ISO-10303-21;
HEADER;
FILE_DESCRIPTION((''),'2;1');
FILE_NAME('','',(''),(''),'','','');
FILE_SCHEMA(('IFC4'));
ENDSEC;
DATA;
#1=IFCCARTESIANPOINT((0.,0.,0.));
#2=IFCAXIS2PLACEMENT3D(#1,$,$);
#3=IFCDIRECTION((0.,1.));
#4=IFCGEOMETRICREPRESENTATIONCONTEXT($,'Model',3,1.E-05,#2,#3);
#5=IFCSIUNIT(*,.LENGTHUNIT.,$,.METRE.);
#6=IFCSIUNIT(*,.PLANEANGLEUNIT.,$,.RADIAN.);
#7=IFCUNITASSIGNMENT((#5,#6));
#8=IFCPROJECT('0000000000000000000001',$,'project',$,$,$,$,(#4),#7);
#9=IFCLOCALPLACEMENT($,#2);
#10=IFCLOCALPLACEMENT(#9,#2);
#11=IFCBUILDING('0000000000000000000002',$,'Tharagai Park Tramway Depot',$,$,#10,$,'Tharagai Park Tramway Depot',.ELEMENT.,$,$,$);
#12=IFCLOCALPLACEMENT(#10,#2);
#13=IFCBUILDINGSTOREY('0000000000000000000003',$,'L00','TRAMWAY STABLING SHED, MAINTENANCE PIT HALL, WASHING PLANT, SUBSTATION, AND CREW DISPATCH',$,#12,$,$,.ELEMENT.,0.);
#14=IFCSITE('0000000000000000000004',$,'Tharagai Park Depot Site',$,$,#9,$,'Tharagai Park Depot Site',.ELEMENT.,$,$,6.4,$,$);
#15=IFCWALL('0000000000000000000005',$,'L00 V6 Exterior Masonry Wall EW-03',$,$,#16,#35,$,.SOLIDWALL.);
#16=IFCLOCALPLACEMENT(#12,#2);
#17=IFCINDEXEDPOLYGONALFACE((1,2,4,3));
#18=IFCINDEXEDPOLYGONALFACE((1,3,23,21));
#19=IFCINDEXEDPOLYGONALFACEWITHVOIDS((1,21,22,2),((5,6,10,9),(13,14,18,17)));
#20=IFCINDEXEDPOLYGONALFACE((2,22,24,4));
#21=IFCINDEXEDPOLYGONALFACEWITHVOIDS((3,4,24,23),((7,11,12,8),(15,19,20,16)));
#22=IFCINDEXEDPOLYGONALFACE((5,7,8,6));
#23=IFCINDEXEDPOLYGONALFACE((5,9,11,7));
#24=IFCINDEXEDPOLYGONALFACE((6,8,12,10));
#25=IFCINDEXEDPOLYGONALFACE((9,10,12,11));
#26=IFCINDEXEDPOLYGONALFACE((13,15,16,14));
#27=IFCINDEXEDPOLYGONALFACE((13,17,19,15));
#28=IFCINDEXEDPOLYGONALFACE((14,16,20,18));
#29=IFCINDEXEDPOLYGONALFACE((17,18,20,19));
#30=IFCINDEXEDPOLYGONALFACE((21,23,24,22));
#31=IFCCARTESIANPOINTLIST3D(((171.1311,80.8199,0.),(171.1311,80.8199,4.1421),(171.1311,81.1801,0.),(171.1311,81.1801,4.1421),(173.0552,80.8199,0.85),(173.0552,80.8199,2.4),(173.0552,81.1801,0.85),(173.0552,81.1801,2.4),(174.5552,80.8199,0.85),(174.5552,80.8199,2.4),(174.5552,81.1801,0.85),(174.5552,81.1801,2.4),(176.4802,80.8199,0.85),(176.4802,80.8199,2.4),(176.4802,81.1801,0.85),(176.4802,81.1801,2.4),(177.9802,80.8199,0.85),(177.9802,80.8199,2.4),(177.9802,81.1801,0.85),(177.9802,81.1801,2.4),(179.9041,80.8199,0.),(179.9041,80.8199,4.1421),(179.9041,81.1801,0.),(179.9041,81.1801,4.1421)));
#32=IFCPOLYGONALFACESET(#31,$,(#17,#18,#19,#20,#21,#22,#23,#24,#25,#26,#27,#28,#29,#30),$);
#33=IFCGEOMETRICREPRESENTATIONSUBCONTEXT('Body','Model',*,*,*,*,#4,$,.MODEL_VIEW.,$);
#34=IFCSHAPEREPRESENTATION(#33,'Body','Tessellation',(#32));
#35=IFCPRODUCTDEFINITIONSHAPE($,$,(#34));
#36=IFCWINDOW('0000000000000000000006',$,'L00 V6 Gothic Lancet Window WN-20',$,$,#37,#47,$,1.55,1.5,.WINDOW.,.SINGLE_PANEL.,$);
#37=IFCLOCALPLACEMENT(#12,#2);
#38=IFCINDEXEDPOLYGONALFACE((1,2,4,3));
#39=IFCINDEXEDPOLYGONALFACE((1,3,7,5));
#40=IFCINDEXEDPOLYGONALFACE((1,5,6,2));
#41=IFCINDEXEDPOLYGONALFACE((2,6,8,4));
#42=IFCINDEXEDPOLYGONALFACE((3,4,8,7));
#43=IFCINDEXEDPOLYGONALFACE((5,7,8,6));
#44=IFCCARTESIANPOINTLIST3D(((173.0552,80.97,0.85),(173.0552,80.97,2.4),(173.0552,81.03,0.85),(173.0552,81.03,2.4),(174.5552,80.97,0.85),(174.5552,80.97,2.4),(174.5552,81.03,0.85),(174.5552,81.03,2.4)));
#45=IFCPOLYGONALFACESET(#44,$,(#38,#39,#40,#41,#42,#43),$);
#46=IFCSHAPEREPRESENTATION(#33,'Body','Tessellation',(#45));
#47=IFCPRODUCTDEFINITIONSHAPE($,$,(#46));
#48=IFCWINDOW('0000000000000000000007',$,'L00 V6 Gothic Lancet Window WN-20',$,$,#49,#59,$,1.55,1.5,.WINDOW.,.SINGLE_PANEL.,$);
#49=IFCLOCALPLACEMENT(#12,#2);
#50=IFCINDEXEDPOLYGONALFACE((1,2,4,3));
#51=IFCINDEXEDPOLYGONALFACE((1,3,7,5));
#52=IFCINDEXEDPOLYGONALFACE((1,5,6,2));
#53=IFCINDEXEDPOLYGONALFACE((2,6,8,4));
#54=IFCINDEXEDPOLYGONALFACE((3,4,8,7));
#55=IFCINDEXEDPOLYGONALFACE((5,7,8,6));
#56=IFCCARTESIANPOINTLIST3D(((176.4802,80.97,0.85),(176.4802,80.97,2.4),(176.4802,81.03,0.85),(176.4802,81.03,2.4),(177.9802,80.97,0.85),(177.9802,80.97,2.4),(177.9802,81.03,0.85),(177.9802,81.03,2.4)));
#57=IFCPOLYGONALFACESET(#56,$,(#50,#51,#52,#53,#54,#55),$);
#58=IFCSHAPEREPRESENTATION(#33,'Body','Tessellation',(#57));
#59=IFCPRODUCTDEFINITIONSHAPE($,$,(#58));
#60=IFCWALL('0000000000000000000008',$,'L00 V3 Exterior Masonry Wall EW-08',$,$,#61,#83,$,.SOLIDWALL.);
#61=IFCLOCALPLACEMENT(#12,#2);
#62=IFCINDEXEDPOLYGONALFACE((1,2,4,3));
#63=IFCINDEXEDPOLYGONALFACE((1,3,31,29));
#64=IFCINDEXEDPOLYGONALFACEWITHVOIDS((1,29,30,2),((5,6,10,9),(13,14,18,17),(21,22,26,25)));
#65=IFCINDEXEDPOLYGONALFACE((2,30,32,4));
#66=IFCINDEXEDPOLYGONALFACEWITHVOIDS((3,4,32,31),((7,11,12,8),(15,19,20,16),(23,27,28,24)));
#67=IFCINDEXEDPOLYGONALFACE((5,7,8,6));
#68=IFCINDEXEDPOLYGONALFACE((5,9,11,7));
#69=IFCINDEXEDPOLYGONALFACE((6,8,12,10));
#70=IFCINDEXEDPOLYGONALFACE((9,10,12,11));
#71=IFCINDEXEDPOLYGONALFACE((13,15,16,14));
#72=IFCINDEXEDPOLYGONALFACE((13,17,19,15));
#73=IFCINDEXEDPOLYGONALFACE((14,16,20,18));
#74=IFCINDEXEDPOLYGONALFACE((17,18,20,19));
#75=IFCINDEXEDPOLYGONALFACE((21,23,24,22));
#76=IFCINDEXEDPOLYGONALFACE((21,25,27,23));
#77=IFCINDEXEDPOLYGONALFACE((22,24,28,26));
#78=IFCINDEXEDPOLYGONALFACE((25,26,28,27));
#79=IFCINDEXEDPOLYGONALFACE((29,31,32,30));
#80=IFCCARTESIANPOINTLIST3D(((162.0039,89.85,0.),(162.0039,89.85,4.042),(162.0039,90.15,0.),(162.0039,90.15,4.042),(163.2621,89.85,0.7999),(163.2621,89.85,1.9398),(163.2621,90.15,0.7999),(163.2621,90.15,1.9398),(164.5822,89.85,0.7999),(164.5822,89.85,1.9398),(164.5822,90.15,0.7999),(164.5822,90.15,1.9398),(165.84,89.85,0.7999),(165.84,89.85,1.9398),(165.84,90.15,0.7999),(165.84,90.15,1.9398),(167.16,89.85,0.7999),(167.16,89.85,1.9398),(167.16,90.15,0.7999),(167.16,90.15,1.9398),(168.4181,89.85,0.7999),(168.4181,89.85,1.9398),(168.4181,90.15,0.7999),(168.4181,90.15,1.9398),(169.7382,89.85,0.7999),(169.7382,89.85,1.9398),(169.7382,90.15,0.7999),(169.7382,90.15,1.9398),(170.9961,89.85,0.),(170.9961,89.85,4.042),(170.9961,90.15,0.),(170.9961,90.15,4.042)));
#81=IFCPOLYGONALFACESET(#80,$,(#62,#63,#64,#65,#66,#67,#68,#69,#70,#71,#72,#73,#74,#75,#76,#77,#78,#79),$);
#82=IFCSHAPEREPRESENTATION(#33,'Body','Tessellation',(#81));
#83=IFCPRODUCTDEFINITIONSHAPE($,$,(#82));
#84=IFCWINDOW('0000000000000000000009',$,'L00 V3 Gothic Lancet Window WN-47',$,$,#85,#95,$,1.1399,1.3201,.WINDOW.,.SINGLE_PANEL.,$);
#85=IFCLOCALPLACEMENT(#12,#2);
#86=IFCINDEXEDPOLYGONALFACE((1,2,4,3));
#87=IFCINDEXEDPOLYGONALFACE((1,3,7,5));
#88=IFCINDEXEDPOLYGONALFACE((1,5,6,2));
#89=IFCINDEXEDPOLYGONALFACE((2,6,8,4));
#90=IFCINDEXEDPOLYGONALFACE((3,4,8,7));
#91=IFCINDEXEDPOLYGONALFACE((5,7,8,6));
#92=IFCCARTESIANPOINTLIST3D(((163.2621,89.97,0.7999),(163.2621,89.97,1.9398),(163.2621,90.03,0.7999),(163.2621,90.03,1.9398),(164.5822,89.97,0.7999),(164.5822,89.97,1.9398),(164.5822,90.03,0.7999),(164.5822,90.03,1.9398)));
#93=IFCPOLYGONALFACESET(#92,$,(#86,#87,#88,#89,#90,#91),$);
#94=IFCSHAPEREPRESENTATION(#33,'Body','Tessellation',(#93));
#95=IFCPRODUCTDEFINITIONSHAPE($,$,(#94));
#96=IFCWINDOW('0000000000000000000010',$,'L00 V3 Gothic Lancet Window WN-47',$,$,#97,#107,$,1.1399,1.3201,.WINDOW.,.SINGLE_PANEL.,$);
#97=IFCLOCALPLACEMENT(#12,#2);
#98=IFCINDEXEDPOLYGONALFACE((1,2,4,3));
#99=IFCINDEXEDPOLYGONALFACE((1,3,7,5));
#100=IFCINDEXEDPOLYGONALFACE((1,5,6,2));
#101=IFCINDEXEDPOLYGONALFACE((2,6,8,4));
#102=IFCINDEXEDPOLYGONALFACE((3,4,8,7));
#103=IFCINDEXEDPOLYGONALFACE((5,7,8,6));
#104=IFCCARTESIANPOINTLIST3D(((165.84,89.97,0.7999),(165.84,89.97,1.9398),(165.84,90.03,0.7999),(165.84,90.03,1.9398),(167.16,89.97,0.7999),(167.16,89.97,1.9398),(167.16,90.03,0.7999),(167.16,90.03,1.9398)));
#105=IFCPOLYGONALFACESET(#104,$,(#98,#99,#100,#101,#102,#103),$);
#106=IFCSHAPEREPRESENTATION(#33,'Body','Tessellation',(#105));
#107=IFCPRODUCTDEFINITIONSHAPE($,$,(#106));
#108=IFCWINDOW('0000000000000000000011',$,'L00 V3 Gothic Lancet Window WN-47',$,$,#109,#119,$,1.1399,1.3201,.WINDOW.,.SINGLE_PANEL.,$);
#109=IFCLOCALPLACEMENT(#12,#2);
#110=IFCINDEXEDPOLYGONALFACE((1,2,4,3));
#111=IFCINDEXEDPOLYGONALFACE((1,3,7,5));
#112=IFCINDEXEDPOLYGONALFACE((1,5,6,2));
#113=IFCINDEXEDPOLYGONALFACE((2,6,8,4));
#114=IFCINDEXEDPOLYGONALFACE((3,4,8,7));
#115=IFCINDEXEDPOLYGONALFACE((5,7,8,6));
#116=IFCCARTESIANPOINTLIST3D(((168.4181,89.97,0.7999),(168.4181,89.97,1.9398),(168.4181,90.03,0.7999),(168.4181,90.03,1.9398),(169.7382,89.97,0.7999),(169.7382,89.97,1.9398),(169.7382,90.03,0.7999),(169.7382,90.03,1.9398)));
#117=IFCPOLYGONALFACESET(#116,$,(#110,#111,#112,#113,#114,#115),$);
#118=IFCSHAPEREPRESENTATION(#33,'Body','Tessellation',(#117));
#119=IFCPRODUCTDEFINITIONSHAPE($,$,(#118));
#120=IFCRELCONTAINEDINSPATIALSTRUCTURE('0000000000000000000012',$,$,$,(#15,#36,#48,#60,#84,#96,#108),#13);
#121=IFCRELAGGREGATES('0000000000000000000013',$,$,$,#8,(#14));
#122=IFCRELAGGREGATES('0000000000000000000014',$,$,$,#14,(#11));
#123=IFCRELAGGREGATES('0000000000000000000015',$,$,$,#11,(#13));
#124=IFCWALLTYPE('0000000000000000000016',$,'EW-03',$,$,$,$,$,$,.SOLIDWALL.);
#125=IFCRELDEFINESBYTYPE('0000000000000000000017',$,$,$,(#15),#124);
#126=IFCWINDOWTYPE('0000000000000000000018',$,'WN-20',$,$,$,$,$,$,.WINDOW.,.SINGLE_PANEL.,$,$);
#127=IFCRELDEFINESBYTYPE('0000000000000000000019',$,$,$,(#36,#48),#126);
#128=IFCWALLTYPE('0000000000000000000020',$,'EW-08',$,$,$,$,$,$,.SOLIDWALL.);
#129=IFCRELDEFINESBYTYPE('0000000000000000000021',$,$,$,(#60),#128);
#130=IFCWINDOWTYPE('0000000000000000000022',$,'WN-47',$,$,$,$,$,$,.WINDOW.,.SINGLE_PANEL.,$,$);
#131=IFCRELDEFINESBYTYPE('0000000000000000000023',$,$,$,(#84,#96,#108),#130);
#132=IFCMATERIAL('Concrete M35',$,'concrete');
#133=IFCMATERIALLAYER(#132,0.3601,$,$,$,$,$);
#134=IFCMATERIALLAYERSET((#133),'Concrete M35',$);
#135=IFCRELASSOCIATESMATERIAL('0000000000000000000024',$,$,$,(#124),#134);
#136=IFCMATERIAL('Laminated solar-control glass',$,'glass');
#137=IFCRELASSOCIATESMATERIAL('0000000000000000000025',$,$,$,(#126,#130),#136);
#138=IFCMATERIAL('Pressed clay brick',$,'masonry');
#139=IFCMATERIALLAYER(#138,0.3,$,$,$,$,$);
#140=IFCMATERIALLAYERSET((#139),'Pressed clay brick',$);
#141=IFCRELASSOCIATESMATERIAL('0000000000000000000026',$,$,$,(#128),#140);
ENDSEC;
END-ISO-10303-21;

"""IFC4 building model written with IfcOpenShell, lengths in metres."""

from ifc_helpers import new_model, si_unit, direction, frame, frame_2d, origin, place, context, subcontext, project, spatial, rectangle, extrude, material, layer, layer_set, type_object, element, fill, save


model = new_model("IFC4")

# Units and contexts
model_context = context("Model", 3, precision=1e-05, world=origin(), true_north=direction((0.0, 1.0)))
body_context = subcontext(model_context, "Body", "Model", "MODEL_VIEW")
ifc_project = project(units=[si_unit("LENGTHUNIT", "METRE"), si_unit("PLANEANGLEUNIT", "RADIAN")], contexts=[model_context])

# Site, building, storey
site_placement = place(None, origin())
site = spatial("IfcSite", under=ifc_project, at=site_placement, Name="Tharagai Park Depot Site", LongName="Tharagai Park Depot Site", CompositionType="ELEMENT", RefElevation=6.4)
building_placement = place(site_placement, origin())
building = spatial("IfcBuilding", under=site, at=building_placement, Name="Tharagai Park Tramway Depot", LongName="Tharagai Park Tramway Depot", CompositionType="ELEMENT")
storey_placement = place(building_placement, origin())
storey = spatial("IfcBuildingStorey", under=building, at=storey_placement, Name="L00", Description="TRAMWAY STABLING SHED, MAINTENANCE PIT HALL, WASHING PLANT, SUBSTATION, AND CREW DISPATCH", CompositionType="ELEMENT", Elevation=0.0)

# Walls, openings, windows
ifc_material_1 = material(Name="Concrete M35", Category="concrete")
ifc_layer_1 = layer(ifc_material_1, 0.3601)
ifc_layer_set_1 = layer_set([ifc_layer_1], Name="Concrete M35")
wall_type_1 = type_object("IfcWallType", Name="EW-03", PredefinedType="SOLIDWALL", material=ifc_layer_set_1)
wall_1_placement = place(storey_placement, frame((171.1311, 81.0, 0.0), z_axis=(0.0, 0.0, 1.0), x_axis=(1.0, 0.0, 0.0)))
wall_1 = element("IfcWall", 1, at=wall_1_placement, inside=storey, type_object=wall_type_1, Name="L00 V6 Exterior Masonry Wall EW-03", PredefinedType="SOLIDWALL", context=body_context, shape_type="SweptSolid", body=[
    extrude(rectangle(XDim=8.7729, YDim=0.3601, at=frame_2d((4.3865, 0.0))), origin(), (0.0, 0.0, 1.0), 4.1421),
])
opening_1_placement = place(wall_1_placement, frame((1.9241, 0.0, 0.8501)))
opening_1 = element("IfcOpeningElement", 2, at=opening_1_placement, cuts=wall_1, PredefinedType="OPENING", context=body_context, shape_type="SweptSolid", body=[
    extrude(rectangle(XDim=1.5, YDim=1.55, at=frame_2d((0.75, 0.7749))), frame((0.0, 0.1899, 0.0), z_axis=(0.0, -1.0, 0.0), x_axis=(1.0, 0.0, 0.0)), (0.0, 0.0, 1.0), 0.3801),
])
opening_2_placement = place(wall_1_placement, frame((5.3491, 0.0, 0.8501)))
opening_2 = element("IfcOpeningElement", 3, at=opening_2_placement, cuts=wall_1, PredefinedType="OPENING", context=body_context, shape_type="SweptSolid", body=[
    extrude(rectangle(XDim=1.5, YDim=1.55, at=frame_2d((0.75, 0.7749))), frame((0.0, 0.1899, 0.0), z_axis=(0.0, -1.0, 0.0), x_axis=(1.0, 0.0, 0.0)), (0.0, 0.0, 1.0), 0.3801),
])
ifc_material_2 = material(Name="Laminated solar-control glass", Category="glass")
window_type_1 = type_object("IfcWindowType", Name="WN-20", PartitioningType="SINGLE_PANEL", PredefinedType="WINDOW", material=ifc_material_2)
window_1_placement = place(opening_1_placement, origin())
window_1 = element("IfcWindow", 4, at=window_1_placement, inside=storey, type_object=window_type_1, Name="L00 V6 Gothic Lancet Window WN-20", OverallHeight=1.55, OverallWidth=1.5, PartitioningType="SINGLE_PANEL", PredefinedType="WINDOW", context=body_context, shape_type="SweptSolid", body=[
    extrude(rectangle(XDim=1.5, YDim=1.55, at=frame_2d((0.75, 0.7749))), frame((0.0, 0.03, 0.0), z_axis=(0.0, -1.0, 0.0), x_axis=(1.0, 0.0, 0.0)), (0.0, 0.0, 1.0), 0.0601),
])
fill(opening_1, window_1)
window_2_placement = place(opening_2_placement, origin())
window_2 = element("IfcWindow", 5, at=window_2_placement, inside=storey, type_object=window_type_1, Name="L00 V6 Gothic Lancet Window WN-20", OverallHeight=1.55, OverallWidth=1.5, PartitioningType="SINGLE_PANEL", PredefinedType="WINDOW", context=body_context, shape_type="SweptSolid", body=[
    extrude(rectangle(XDim=1.5, YDim=1.55, at=frame_2d((0.75, 0.7749))), frame((0.0, 0.03, 0.0), z_axis=(0.0, -1.0, 0.0), x_axis=(1.0, 0.0, 0.0)), (0.0, 0.0, 1.0), 0.0601),
])
fill(opening_2, window_2)
ifc_material_3 = material(Name="Pressed clay brick", Category="masonry")
ifc_layer_2 = layer(ifc_material_3, 0.3)
ifc_layer_set_2 = layer_set([ifc_layer_2], Name="Pressed clay brick")
wall_type_2 = type_object("IfcWallType", Name="EW-08", PredefinedType="SOLIDWALL", material=ifc_layer_set_2)
wall_2_placement = place(storey_placement, frame((162.0039, 90.0, 0.0), z_axis=(0.0, 0.0, 1.0), x_axis=(1.0, 0.0, 0.0)))
wall_2 = element("IfcWall", 6, at=wall_2_placement, inside=storey, type_object=wall_type_2, Name="L00 V3 Exterior Masonry Wall EW-08", PredefinedType="SOLIDWALL", context=body_context, shape_type="SweptSolid", body=[
    extrude(rectangle(XDim=8.9922, YDim=0.3, at=frame_2d((4.4961, 0.0))), origin(), (0.0, 0.0, 1.0), 4.042),
])
opening_3_placement = place(wall_2_placement, frame((1.2581, 0.0, 0.8)))
opening_3 = element("IfcOpeningElement", 7, at=opening_3_placement, cuts=wall_2, PredefinedType="OPENING", context=body_context, shape_type="SweptSolid", body=[
    extrude(rectangle(XDim=1.3201, YDim=1.1399, at=frame_2d((0.6602, 0.5698))), frame((0.0, 0.1599, 0.0), z_axis=(0.0, -1.0, 0.0), x_axis=(1.0, 0.0, 0.0)), (0.0, 0.0, 1.0), 0.3201),
])
opening_4_placement = place(wall_2_placement, frame((3.8359, 0.0, 0.8)))
opening_4 = element("IfcOpeningElement", 8, at=opening_4_placement, cuts=wall_2, PredefinedType="OPENING", context=body_context, shape_type="SweptSolid", body=[
    extrude(rectangle(XDim=1.3201, YDim=1.1399, at=frame_2d((0.6602, 0.5698))), frame((0.0, 0.1599, 0.0), z_axis=(0.0, -1.0, 0.0), x_axis=(1.0, 0.0, 0.0)), (0.0, 0.0, 1.0), 0.3201),
])
opening_5_placement = place(wall_2_placement, frame((6.4141, 0.0, 0.8)))
opening_5 = element("IfcOpeningElement", 9, at=opening_5_placement, cuts=wall_2, PredefinedType="OPENING", context=body_context, shape_type="SweptSolid", body=[
    extrude(rectangle(XDim=1.3201, YDim=1.1399, at=frame_2d((0.6602, 0.5698))), frame((0.0, 0.1599, 0.0), z_axis=(0.0, -1.0, 0.0), x_axis=(1.0, 0.0, 0.0)), (0.0, 0.0, 1.0), 0.3201),
])
window_type_2 = type_object("IfcWindowType", Name="WN-47", PartitioningType="SINGLE_PANEL", PredefinedType="WINDOW", material=ifc_material_2)
window_3_placement = place(opening_3_placement, origin())
window_3 = element("IfcWindow", 10, at=window_3_placement, inside=storey, type_object=window_type_2, Name="L00 V3 Gothic Lancet Window WN-47", OverallHeight=1.1399, OverallWidth=1.3201, PartitioningType="SINGLE_PANEL", PredefinedType="WINDOW", context=body_context, shape_type="SweptSolid", body=[
    extrude(rectangle(XDim=1.3201, YDim=1.1399, at=frame_2d((0.6602, 0.5698))), frame((0.0, 0.03, 0.0), z_axis=(0.0, -1.0, 0.0), x_axis=(1.0, 0.0, 0.0)), (0.0, 0.0, 1.0), 0.0601),
])
fill(opening_3, window_3)
window_4_placement = place(opening_4_placement, origin())
window_4 = element("IfcWindow", 11, at=window_4_placement, inside=storey, type_object=window_type_2, Name="L00 V3 Gothic Lancet Window WN-47", OverallHeight=1.1399, OverallWidth=1.3201, PartitioningType="SINGLE_PANEL", PredefinedType="WINDOW", context=body_context, shape_type="SweptSolid", body=[
    extrude(rectangle(XDim=1.3201, YDim=1.1399, at=frame_2d((0.6602, 0.5698))), frame((0.0, 0.03, 0.0), z_axis=(0.0, -1.0, 0.0), x_axis=(1.0, 0.0, 0.0)), (0.0, 0.0, 1.0), 0.0601),
])
fill(opening_4, window_4)
window_5_placement = place(opening_5_placement, origin())
window_5 = element("IfcWindow", 12, at=window_5_placement, inside=storey, type_object=window_type_2, Name="L00 V3 Gothic Lancet Window WN-47", OverallHeight=1.1399, OverallWidth=1.3201, PartitioningType="SINGLE_PANEL", PredefinedType="WINDOW", context=body_context, shape_type="SweptSolid", body=[
    extrude(rectangle(XDim=1.3201, YDim=1.1399, at=frame_2d((0.6602, 0.5698))), frame((0.0, 0.03, 0.0), z_axis=(0.0, -1.0, 0.0), x_axis=(1.0, 0.0, 0.0)), (0.0, 0.0, 1.0), 0.0601),
])
fill(opening_5, window_5)

save(model, "model.ifc")
